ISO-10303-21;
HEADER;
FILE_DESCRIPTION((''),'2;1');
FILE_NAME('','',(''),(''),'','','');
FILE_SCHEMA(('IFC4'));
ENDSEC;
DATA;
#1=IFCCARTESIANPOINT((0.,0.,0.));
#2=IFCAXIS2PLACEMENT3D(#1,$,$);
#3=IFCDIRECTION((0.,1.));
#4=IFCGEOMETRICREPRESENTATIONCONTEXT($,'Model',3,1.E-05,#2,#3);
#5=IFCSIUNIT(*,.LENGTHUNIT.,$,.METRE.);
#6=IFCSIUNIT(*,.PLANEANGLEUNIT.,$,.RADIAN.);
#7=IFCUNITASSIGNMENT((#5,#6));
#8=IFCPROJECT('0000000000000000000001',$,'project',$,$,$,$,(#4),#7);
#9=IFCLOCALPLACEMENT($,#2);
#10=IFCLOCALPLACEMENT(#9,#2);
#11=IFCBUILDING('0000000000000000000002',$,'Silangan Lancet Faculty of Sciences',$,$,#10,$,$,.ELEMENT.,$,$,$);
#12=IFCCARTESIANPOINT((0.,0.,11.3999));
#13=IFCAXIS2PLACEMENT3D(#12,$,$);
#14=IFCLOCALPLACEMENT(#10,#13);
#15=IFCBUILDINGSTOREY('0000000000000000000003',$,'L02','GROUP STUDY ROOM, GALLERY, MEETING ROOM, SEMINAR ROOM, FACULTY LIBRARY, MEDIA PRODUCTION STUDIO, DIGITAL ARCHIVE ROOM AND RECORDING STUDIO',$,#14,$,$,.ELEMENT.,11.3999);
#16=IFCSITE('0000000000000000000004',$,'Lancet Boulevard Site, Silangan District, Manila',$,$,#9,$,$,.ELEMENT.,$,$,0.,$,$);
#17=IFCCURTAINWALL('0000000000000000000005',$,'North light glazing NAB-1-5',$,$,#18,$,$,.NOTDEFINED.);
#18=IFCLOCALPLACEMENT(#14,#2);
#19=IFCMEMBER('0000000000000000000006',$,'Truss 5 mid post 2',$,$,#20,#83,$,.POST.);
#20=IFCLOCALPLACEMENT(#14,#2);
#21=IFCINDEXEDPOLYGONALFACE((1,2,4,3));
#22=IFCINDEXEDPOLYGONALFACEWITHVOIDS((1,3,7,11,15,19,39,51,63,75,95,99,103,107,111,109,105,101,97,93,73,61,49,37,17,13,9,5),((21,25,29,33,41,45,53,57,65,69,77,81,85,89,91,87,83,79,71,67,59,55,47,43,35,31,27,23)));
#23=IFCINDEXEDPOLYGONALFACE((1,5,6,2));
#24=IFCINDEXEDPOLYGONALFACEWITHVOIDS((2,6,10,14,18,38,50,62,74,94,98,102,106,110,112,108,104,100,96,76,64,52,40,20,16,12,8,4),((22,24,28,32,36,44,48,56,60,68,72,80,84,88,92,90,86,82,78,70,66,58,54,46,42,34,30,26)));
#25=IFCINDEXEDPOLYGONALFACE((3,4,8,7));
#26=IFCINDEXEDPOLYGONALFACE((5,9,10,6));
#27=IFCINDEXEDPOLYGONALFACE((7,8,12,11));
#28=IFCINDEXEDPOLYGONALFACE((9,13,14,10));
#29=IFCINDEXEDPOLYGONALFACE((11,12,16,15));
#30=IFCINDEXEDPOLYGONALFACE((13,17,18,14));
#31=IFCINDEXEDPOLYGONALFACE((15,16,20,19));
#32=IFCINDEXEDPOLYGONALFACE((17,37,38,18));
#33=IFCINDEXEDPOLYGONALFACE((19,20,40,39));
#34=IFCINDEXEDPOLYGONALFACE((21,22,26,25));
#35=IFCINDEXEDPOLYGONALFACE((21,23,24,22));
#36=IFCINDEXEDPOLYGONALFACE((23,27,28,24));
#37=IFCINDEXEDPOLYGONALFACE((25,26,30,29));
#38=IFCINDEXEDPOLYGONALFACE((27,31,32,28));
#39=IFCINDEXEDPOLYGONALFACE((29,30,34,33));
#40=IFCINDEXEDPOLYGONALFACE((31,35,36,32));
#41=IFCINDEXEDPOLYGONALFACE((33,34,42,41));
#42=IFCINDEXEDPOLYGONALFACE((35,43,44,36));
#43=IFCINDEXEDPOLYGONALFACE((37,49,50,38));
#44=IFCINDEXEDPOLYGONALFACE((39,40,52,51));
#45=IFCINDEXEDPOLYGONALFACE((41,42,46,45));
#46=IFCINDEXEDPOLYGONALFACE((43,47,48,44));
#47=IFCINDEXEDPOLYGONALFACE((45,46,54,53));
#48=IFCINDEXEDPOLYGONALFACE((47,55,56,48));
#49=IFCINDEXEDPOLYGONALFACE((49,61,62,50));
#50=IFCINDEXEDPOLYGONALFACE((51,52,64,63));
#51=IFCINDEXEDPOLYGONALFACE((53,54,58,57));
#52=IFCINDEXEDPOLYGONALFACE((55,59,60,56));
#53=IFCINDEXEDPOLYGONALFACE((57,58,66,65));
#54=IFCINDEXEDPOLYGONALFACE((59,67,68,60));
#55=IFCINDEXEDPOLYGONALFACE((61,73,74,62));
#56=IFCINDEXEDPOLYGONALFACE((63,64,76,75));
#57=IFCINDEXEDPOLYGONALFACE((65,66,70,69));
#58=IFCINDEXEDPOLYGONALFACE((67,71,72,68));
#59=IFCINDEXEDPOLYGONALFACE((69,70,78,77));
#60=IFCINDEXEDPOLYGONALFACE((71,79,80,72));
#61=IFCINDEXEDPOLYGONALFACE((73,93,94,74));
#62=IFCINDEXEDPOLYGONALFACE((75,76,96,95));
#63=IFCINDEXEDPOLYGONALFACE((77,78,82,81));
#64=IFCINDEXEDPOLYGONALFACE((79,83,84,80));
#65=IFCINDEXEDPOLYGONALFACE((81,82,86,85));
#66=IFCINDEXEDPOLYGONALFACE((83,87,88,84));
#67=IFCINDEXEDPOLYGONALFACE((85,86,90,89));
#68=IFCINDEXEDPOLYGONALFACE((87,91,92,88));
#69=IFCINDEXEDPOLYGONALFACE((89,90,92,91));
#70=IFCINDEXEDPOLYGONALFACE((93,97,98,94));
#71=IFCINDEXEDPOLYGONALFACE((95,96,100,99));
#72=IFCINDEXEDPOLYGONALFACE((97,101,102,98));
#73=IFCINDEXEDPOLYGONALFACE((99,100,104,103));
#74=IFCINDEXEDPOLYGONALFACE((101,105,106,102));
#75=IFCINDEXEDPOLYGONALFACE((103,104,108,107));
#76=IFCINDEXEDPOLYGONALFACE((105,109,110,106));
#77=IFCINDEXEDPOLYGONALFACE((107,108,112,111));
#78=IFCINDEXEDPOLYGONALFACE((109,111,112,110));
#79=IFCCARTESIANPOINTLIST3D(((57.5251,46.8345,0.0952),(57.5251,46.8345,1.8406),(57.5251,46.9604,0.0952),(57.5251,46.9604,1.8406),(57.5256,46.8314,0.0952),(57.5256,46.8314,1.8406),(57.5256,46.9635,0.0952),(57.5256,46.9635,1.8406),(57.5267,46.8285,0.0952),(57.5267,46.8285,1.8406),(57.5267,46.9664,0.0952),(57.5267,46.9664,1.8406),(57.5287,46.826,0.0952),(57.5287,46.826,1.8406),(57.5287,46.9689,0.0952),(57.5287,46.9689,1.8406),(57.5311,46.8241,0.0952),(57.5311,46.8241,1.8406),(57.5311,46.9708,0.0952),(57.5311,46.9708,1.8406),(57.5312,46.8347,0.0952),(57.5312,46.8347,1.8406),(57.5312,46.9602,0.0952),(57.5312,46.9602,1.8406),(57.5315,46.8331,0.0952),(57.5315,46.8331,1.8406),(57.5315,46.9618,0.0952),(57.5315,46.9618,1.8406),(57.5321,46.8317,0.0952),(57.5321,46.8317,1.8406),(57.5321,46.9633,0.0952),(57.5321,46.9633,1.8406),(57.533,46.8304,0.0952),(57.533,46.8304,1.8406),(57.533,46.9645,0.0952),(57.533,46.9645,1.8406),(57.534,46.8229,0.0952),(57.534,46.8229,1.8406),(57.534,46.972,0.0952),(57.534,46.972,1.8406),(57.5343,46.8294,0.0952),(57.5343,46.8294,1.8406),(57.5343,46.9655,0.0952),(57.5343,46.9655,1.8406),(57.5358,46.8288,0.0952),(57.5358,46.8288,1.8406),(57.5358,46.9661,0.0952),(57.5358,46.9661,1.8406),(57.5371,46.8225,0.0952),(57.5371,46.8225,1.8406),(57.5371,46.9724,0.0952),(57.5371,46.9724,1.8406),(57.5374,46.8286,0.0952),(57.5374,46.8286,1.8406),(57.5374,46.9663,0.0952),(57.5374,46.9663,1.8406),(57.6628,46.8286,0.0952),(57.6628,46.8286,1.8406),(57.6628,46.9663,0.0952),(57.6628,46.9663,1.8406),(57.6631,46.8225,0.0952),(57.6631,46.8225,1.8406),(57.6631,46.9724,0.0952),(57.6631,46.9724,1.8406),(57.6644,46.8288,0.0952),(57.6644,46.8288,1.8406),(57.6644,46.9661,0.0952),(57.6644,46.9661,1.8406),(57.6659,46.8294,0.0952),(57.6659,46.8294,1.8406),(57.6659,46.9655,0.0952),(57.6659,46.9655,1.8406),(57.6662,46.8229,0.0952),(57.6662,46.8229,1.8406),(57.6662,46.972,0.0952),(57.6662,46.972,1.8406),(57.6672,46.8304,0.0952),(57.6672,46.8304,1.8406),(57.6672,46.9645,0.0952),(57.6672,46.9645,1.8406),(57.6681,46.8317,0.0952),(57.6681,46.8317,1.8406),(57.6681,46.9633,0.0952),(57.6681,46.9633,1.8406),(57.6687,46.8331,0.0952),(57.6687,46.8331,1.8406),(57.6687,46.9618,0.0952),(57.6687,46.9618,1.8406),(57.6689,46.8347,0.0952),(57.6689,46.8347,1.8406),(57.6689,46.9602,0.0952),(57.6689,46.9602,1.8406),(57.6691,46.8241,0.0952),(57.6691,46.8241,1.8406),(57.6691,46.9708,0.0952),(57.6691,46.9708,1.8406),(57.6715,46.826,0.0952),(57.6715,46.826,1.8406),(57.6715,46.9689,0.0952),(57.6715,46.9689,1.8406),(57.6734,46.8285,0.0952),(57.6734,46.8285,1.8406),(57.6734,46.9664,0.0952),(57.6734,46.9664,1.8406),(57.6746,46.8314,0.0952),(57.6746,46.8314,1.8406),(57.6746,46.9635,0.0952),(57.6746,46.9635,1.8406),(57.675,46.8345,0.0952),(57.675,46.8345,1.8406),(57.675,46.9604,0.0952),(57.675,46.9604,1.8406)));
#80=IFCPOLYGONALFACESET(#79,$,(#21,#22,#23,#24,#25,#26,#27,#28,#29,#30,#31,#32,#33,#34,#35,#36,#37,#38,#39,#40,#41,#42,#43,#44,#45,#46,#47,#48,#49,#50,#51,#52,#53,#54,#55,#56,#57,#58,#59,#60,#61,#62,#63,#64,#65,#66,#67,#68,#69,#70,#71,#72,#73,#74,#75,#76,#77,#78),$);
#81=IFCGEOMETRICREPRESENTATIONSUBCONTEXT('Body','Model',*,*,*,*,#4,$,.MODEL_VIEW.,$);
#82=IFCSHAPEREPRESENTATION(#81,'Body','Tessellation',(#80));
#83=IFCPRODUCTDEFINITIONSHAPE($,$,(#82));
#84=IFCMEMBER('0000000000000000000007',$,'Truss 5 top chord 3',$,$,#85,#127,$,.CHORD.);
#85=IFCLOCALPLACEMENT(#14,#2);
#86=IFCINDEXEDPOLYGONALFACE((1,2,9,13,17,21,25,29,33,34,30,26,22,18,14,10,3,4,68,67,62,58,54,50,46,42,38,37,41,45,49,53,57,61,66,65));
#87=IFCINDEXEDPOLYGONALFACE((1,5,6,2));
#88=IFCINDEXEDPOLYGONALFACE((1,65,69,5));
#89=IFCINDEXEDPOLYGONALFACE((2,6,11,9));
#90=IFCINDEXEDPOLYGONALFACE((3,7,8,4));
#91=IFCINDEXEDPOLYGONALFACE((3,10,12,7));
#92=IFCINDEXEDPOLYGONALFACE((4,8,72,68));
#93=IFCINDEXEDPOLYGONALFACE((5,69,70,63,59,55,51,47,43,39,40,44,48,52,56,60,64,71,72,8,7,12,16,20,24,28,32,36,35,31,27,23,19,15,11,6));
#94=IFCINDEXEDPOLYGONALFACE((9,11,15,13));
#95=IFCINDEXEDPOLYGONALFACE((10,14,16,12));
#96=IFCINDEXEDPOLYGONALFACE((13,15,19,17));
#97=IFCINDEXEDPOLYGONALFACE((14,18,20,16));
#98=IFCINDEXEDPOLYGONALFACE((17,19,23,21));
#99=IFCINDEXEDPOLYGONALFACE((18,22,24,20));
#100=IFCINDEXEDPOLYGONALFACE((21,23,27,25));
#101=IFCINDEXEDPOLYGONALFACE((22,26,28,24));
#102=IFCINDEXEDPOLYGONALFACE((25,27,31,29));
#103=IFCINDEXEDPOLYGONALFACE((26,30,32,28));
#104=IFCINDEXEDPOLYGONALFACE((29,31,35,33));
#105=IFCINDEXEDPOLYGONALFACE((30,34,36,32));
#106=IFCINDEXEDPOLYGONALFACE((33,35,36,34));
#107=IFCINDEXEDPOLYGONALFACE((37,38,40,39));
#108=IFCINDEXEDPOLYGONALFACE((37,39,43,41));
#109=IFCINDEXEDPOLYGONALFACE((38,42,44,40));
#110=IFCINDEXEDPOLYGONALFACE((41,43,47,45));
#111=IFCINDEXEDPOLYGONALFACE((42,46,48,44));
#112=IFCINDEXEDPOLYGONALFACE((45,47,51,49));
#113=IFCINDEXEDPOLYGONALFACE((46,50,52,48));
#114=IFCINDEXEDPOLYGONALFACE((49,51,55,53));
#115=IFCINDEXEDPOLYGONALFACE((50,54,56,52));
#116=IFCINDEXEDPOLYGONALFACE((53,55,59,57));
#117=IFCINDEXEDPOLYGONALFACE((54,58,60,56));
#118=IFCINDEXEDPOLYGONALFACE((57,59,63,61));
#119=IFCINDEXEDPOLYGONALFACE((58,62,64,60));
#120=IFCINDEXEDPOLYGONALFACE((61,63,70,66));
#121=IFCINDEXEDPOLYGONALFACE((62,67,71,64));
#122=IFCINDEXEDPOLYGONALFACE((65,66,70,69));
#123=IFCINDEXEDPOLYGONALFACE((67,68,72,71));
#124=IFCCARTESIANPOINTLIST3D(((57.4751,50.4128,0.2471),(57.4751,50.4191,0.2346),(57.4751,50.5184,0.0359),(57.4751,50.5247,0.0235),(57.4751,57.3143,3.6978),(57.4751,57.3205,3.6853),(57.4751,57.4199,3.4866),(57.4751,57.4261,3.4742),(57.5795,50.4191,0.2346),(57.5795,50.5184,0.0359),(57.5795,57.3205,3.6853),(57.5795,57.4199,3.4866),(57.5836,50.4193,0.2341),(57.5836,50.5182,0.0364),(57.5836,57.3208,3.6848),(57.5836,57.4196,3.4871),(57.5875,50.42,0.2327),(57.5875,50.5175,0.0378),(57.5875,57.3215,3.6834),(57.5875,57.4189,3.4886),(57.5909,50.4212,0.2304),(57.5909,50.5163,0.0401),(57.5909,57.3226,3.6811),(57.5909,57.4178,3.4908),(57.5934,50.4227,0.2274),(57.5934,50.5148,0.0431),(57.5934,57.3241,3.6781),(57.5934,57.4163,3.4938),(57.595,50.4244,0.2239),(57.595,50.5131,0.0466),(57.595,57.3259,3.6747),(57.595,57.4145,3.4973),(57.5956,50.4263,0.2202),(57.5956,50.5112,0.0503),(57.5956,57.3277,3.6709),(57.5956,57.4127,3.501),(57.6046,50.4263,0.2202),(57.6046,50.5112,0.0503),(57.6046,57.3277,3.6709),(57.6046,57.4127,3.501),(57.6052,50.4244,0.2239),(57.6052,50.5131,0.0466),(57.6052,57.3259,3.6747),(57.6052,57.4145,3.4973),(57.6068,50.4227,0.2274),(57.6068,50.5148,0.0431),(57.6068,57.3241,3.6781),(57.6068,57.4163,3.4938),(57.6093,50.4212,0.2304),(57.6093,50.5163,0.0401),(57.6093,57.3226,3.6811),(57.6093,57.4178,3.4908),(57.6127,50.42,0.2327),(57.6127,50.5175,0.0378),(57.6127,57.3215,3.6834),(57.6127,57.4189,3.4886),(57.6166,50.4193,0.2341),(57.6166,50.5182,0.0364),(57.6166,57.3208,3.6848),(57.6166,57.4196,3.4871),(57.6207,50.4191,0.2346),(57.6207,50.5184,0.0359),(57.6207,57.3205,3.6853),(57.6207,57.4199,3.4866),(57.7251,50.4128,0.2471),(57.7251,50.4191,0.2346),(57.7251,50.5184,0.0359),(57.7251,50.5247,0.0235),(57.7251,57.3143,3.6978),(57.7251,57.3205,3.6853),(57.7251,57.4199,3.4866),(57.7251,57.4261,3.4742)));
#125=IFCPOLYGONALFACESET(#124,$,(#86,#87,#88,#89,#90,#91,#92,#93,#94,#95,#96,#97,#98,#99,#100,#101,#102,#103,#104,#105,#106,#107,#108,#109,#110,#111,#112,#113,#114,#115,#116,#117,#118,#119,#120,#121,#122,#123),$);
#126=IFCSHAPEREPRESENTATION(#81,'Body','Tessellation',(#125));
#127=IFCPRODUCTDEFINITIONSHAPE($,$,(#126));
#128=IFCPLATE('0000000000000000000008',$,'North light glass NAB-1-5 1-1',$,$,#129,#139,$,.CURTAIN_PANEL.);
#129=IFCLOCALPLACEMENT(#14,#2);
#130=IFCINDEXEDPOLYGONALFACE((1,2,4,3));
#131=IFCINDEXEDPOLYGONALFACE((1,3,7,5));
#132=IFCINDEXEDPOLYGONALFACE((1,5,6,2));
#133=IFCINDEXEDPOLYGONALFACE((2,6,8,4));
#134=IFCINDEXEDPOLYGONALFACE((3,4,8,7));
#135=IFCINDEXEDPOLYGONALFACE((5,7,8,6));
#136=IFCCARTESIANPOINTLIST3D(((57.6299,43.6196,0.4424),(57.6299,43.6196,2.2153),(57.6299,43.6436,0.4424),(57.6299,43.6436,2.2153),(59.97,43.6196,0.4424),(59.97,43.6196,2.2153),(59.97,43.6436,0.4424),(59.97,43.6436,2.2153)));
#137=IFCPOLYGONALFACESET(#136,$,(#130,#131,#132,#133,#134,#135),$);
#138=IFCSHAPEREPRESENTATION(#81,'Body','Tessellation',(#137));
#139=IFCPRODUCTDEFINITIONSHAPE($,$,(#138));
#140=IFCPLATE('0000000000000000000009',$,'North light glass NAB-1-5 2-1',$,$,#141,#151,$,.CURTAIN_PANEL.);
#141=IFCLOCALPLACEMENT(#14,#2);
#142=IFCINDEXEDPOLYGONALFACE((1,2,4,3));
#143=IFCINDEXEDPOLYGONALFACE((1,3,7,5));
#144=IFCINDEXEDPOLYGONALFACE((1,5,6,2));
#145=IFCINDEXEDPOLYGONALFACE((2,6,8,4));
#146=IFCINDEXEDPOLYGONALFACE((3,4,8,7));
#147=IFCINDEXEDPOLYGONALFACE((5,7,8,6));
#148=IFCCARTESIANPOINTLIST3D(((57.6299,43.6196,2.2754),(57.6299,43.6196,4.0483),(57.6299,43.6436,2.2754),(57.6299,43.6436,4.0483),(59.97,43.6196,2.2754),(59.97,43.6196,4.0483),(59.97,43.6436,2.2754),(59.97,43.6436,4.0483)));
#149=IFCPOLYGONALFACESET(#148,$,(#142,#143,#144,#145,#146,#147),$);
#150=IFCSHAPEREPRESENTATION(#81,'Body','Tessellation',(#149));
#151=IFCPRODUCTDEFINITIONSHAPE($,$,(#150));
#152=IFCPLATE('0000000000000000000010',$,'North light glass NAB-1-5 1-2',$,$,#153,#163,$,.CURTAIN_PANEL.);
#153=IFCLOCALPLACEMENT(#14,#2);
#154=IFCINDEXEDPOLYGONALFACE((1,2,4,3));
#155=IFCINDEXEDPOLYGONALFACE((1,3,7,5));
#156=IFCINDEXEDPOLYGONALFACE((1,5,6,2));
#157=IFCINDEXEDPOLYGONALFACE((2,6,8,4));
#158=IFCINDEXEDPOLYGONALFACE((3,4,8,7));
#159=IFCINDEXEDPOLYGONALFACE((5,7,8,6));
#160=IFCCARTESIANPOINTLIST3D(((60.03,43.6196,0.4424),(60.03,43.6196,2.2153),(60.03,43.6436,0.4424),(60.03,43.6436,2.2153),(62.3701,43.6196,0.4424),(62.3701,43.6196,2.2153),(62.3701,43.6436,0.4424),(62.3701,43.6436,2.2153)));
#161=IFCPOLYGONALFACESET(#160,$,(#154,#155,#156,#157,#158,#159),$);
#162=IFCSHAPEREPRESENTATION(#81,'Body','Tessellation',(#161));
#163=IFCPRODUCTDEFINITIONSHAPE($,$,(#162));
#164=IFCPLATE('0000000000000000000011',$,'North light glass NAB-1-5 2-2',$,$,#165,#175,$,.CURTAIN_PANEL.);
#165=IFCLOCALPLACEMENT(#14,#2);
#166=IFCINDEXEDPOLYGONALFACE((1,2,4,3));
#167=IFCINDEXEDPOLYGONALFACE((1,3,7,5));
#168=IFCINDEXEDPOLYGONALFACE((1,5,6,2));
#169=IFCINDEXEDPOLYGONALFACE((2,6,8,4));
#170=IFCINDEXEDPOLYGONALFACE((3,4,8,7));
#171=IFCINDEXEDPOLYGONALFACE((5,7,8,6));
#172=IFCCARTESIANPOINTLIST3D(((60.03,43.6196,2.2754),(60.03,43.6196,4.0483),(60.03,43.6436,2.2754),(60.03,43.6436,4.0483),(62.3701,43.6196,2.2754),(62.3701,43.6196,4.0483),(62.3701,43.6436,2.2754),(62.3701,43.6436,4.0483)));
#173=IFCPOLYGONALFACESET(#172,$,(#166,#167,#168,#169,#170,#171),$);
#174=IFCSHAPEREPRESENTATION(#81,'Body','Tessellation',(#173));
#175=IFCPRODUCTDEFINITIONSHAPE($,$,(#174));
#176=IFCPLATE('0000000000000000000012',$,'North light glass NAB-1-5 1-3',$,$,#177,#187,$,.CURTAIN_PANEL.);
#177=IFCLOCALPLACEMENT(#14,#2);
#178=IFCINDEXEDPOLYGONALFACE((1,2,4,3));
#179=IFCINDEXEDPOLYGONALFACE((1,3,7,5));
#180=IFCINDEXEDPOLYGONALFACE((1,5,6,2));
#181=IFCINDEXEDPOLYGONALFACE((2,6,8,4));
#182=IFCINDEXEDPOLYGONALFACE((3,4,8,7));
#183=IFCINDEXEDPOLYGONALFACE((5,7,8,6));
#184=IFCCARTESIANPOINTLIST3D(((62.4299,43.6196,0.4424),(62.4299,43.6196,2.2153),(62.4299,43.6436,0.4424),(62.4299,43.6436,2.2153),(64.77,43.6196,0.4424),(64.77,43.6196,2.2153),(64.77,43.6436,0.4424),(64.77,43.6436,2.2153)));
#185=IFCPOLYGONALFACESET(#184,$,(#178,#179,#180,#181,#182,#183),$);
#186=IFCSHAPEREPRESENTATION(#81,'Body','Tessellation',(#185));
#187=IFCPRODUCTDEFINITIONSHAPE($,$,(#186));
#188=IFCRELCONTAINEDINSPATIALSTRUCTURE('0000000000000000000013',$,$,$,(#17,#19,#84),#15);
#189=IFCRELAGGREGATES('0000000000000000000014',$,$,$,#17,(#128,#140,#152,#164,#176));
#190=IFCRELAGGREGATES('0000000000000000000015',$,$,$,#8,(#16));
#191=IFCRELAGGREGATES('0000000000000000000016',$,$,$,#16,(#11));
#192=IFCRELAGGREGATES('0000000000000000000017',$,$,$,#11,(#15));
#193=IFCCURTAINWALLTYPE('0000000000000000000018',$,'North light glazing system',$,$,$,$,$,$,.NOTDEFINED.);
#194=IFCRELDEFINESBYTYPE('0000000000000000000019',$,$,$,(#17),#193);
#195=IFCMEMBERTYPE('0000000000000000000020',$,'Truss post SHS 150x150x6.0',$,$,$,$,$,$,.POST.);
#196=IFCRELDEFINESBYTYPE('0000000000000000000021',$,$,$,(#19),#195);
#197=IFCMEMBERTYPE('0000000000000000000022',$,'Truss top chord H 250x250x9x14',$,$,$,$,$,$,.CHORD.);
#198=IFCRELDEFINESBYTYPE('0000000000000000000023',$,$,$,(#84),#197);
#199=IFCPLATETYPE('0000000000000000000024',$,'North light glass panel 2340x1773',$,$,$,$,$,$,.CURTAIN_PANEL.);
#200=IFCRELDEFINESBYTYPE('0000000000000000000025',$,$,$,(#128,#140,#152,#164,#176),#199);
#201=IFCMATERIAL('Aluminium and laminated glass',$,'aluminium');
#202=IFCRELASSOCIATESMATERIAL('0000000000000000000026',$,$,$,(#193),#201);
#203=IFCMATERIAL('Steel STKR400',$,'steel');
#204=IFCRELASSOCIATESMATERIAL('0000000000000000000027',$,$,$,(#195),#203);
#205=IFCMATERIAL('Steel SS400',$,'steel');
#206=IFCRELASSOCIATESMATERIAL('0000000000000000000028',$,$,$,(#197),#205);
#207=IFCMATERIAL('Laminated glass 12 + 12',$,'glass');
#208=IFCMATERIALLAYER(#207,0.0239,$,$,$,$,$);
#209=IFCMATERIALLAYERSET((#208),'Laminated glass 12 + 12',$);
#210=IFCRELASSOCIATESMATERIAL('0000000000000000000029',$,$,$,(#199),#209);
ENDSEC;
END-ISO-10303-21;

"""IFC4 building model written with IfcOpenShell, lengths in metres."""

from ifc_helpers import new_model, si_unit, direction, frame, origin, origin_2d, place, context, subcontext, project, spatial, polyline, hollow_rectangle, i_section, outline, extrude, material, layer, layer_set, material_profile, profile_set, type_object, element, aggregate, save


model = new_model("IFC4")

# Units and contexts
model_context = context("Model", 3, precision=1e-05, world=origin(), true_north=direction((0.0, 1.0)))
body_context = subcontext(model_context, "Body", "Model", "MODEL_VIEW")
ifc_project = project(units=[si_unit("LENGTHUNIT", "METRE"), si_unit("PLANEANGLEUNIT", "RADIAN")], contexts=[model_context])

# Site, building, storey
site_placement = place(None, origin())
site = spatial("IfcSite", under=ifc_project, at=site_placement, Name="Lancet Boulevard Site, Silangan District, Manila", CompositionType="ELEMENT", RefElevation=0.0)
building_placement = place(site_placement, origin())
building = spatial("IfcBuilding", under=site, at=building_placement, Name="Silangan Lancet Faculty of Sciences", CompositionType="ELEMENT")
storey_placement = place(building_placement, frame((0.0, 0.0, 11.3999)))
storey = spatial("IfcBuildingStorey", under=building, at=storey_placement, Name="L02", Description="GROUP STUDY ROOM, GALLERY, MEETING ROOM, SEMINAR ROOM, FACULTY LIBRARY, MEDIA PRODUCTION STUDIO, DIGITAL ARCHIVE ROOM AND RECORDING STUDIO", CompositionType="ELEMENT", Elevation=11.3999)

# Curtain wall
ifc_material_1 = material(Name="Aluminium and laminated glass", Category="aluminium")
curtain_wall_type = type_object("IfcCurtainWallType", Name="North light glazing system", PredefinedType="NOTDEFINED", material=ifc_material_1)
curtain_wall_1_placement = place(storey_placement, origin())
curtain_wall_1 = element("IfcCurtainWall", 1, at=curtain_wall_1_placement, inside=storey, type_object=curtain_wall_type, Name="North light glazing NAB-1-5", PredefinedType="NOTDEFINED")

# Members
ifc_material_2 = material(Name="Steel STKR400", Category="steel")
ifc_material_profile_1 = material_profile(ifc_material_2, hollow_rectangle(XDim=0.1499, YDim=0.1499, WallThickness=0.0061, InnerFilletRadius=0.0061, OuterFilletRadius=0.012, at=origin_2d()), Name="SHS 150x150x6.0")
ifc_profile_set_1 = profile_set([ifc_material_profile_1], Name="Steel STKR400")
member_type_1 = type_object("IfcMemberType", Name="Truss post SHS 150x150x6.0", PredefinedType="POST", material=ifc_profile_set_1)
member_1_placement = place(storey_placement, frame((57.6001, 46.8975, 0.0952), z_axis=(0.0, 0.0, 1.0), x_axis=(1.0, 0.0, 0.0)))
element("IfcMember", 2, at=member_1_placement, inside=storey, type_object=member_type_1, Name="Truss 5 mid post 2", PredefinedType="POST", context=body_context, shape_type="SweptSolid", body=[
    extrude(hollow_rectangle(XDim=0.1499, YDim=0.1499, WallThickness=0.0061, InnerFilletRadius=0.0061, OuterFilletRadius=0.012, at=origin_2d()), origin(), (0.0, 0.0, 1.0), 1.7454),
])
ifc_material_3 = material(Name="Steel SS400", Category="steel")
ifc_material_profile_2 = material_profile(ifc_material_3, i_section(OverallWidth=0.25, OverallDepth=0.25, WebThickness=0.009, FlangeThickness=0.0139, FilletRadius=0.0161, at=origin_2d()), Name="H 250x250x9x14")
ifc_profile_set_2 = profile_set([ifc_material_profile_2], Name="Steel SS400")
member_type_2 = type_object("IfcMemberType", Name="Truss top chord H 250x250x9x14", PredefinedType="CHORD", material=ifc_profile_set_2)
member_2_placement = place(storey_placement, frame((57.6001, 50.4688, 0.1353), z_axis=(0.0, 0.894427, 0.447214), x_axis=(-1.0, 0.0, 0.0)))
element("IfcMember", 3, at=member_2_placement, inside=storey, type_object=member_type_2, Name="Truss 5 top chord 3", PredefinedType="CHORD", context=body_context, shape_type="SweptSolid", body=[
    extrude(i_section(OverallWidth=0.25, OverallDepth=0.25, WebThickness=0.009, FlangeThickness=0.0139, FilletRadius=0.0161, at=origin_2d()), origin(), (0.0, 0.0, 1.0), 7.7161),
])

# Plates
ifc_material_4 = material(Name="Laminated glass 12 + 12", Category="glass")
ifc_layer_1 = layer(ifc_material_4, 0.0239)
ifc_layer_set_1 = layer_set([ifc_layer_1], Name="Laminated glass 12 + 12")
plate_type = type_object("IfcPlateType", Name="North light glass panel 2340x1773", PredefinedType="CURTAIN_PANEL", material=ifc_layer_set_1)
plate_1_placement = place(storey_placement, frame((57.6299, 43.6196, 0.4424), z_axis=(0.0, -1.0, 0.0), x_axis=(1.0, 0.0, 0.0)))
plate_1 = element("IfcPlate", 4, at=plate_1_placement, type_object=plate_type, Name="North light glass NAB-1-5 1-1", PredefinedType="CURTAIN_PANEL", context=body_context, shape_type="SweptSolid", body=[
    extrude(outline(polyline([(0.0, 0.0), (2.3401, 0.0), (2.3401, 1.7729), (0.0, 1.7729), (0.0, 0.0)])), origin(), (0.0, 0.0, -1.0), 0.0239),
])
plate_2_placement = place(storey_placement, frame((57.6299, 43.6196, 2.2754), z_axis=(0.0, -1.0, 0.0), x_axis=(1.0, 0.0, 0.0)))
plate_2 = element("IfcPlate", 5, at=plate_2_placement, type_object=plate_type, Name="North light glass NAB-1-5 2-1", PredefinedType="CURTAIN_PANEL", context=body_context, shape_type="SweptSolid", body=[
    extrude(outline(polyline([(0.0, 0.0), (2.3401, 0.0), (2.3401, 1.7729), (0.0, 1.7729), (0.0, 0.0)])), origin(), (0.0, 0.0, -1.0), 0.0239),
])
plate_3_placement = place(storey_placement, frame((60.03, 43.6196, 0.4424), z_axis=(0.0, -1.0, 0.0), x_axis=(1.0, 0.0, 0.0)))
plate_3 = element("IfcPlate", 6, at=plate_3_placement, type_object=plate_type, Name="North light glass NAB-1-5 1-2", PredefinedType="CURTAIN_PANEL", context=body_context, shape_type="SweptSolid", body=[
    extrude(outline(polyline([(0.0, 0.0), (2.3401, 0.0), (2.3401, 1.7729), (0.0, 1.7729), (0.0, 0.0)])), origin(), (0.0, 0.0, -1.0), 0.0239),
])
plate_4_placement = place(storey_placement, frame((60.03, 43.6196, 2.2754), z_axis=(0.0, -1.0, 0.0), x_axis=(1.0, 0.0, 0.0)))
plate_4 = element("IfcPlate", 7, at=plate_4_placement, type_object=plate_type, Name="North light glass NAB-1-5 2-2", PredefinedType="CURTAIN_PANEL", context=body_context, shape_type="SweptSolid", body=[
    extrude(outline(polyline([(0.0, 0.0), (2.3401, 0.0), (2.3401, 1.7729), (0.0, 1.7729), (0.0, 0.0)])), origin(), (0.0, 0.0, -1.0), 0.0239),
])
plate_5_placement = place(storey_placement, frame((62.4299, 43.6196, 0.4424), z_axis=(0.0, -1.0, 0.0), x_axis=(1.0, 0.0, 0.0)))
plate_5 = element("IfcPlate", 8, at=plate_5_placement, type_object=plate_type, Name="North light glass NAB-1-5 1-3", PredefinedType="CURTAIN_PANEL", context=body_context, shape_type="SweptSolid", body=[
    extrude(outline(polyline([(0.0, 0.0), (2.3401, 0.0), (2.3401, 1.7729), (0.0, 1.7729), (0.0, 0.0)])), origin(), (0.0, 0.0, -1.0), 0.0239),
])
aggregate(curtain_wall_1, [plate_1, plate_2, plate_3, plate_4, plate_5])

save(model, "model.ifc")
